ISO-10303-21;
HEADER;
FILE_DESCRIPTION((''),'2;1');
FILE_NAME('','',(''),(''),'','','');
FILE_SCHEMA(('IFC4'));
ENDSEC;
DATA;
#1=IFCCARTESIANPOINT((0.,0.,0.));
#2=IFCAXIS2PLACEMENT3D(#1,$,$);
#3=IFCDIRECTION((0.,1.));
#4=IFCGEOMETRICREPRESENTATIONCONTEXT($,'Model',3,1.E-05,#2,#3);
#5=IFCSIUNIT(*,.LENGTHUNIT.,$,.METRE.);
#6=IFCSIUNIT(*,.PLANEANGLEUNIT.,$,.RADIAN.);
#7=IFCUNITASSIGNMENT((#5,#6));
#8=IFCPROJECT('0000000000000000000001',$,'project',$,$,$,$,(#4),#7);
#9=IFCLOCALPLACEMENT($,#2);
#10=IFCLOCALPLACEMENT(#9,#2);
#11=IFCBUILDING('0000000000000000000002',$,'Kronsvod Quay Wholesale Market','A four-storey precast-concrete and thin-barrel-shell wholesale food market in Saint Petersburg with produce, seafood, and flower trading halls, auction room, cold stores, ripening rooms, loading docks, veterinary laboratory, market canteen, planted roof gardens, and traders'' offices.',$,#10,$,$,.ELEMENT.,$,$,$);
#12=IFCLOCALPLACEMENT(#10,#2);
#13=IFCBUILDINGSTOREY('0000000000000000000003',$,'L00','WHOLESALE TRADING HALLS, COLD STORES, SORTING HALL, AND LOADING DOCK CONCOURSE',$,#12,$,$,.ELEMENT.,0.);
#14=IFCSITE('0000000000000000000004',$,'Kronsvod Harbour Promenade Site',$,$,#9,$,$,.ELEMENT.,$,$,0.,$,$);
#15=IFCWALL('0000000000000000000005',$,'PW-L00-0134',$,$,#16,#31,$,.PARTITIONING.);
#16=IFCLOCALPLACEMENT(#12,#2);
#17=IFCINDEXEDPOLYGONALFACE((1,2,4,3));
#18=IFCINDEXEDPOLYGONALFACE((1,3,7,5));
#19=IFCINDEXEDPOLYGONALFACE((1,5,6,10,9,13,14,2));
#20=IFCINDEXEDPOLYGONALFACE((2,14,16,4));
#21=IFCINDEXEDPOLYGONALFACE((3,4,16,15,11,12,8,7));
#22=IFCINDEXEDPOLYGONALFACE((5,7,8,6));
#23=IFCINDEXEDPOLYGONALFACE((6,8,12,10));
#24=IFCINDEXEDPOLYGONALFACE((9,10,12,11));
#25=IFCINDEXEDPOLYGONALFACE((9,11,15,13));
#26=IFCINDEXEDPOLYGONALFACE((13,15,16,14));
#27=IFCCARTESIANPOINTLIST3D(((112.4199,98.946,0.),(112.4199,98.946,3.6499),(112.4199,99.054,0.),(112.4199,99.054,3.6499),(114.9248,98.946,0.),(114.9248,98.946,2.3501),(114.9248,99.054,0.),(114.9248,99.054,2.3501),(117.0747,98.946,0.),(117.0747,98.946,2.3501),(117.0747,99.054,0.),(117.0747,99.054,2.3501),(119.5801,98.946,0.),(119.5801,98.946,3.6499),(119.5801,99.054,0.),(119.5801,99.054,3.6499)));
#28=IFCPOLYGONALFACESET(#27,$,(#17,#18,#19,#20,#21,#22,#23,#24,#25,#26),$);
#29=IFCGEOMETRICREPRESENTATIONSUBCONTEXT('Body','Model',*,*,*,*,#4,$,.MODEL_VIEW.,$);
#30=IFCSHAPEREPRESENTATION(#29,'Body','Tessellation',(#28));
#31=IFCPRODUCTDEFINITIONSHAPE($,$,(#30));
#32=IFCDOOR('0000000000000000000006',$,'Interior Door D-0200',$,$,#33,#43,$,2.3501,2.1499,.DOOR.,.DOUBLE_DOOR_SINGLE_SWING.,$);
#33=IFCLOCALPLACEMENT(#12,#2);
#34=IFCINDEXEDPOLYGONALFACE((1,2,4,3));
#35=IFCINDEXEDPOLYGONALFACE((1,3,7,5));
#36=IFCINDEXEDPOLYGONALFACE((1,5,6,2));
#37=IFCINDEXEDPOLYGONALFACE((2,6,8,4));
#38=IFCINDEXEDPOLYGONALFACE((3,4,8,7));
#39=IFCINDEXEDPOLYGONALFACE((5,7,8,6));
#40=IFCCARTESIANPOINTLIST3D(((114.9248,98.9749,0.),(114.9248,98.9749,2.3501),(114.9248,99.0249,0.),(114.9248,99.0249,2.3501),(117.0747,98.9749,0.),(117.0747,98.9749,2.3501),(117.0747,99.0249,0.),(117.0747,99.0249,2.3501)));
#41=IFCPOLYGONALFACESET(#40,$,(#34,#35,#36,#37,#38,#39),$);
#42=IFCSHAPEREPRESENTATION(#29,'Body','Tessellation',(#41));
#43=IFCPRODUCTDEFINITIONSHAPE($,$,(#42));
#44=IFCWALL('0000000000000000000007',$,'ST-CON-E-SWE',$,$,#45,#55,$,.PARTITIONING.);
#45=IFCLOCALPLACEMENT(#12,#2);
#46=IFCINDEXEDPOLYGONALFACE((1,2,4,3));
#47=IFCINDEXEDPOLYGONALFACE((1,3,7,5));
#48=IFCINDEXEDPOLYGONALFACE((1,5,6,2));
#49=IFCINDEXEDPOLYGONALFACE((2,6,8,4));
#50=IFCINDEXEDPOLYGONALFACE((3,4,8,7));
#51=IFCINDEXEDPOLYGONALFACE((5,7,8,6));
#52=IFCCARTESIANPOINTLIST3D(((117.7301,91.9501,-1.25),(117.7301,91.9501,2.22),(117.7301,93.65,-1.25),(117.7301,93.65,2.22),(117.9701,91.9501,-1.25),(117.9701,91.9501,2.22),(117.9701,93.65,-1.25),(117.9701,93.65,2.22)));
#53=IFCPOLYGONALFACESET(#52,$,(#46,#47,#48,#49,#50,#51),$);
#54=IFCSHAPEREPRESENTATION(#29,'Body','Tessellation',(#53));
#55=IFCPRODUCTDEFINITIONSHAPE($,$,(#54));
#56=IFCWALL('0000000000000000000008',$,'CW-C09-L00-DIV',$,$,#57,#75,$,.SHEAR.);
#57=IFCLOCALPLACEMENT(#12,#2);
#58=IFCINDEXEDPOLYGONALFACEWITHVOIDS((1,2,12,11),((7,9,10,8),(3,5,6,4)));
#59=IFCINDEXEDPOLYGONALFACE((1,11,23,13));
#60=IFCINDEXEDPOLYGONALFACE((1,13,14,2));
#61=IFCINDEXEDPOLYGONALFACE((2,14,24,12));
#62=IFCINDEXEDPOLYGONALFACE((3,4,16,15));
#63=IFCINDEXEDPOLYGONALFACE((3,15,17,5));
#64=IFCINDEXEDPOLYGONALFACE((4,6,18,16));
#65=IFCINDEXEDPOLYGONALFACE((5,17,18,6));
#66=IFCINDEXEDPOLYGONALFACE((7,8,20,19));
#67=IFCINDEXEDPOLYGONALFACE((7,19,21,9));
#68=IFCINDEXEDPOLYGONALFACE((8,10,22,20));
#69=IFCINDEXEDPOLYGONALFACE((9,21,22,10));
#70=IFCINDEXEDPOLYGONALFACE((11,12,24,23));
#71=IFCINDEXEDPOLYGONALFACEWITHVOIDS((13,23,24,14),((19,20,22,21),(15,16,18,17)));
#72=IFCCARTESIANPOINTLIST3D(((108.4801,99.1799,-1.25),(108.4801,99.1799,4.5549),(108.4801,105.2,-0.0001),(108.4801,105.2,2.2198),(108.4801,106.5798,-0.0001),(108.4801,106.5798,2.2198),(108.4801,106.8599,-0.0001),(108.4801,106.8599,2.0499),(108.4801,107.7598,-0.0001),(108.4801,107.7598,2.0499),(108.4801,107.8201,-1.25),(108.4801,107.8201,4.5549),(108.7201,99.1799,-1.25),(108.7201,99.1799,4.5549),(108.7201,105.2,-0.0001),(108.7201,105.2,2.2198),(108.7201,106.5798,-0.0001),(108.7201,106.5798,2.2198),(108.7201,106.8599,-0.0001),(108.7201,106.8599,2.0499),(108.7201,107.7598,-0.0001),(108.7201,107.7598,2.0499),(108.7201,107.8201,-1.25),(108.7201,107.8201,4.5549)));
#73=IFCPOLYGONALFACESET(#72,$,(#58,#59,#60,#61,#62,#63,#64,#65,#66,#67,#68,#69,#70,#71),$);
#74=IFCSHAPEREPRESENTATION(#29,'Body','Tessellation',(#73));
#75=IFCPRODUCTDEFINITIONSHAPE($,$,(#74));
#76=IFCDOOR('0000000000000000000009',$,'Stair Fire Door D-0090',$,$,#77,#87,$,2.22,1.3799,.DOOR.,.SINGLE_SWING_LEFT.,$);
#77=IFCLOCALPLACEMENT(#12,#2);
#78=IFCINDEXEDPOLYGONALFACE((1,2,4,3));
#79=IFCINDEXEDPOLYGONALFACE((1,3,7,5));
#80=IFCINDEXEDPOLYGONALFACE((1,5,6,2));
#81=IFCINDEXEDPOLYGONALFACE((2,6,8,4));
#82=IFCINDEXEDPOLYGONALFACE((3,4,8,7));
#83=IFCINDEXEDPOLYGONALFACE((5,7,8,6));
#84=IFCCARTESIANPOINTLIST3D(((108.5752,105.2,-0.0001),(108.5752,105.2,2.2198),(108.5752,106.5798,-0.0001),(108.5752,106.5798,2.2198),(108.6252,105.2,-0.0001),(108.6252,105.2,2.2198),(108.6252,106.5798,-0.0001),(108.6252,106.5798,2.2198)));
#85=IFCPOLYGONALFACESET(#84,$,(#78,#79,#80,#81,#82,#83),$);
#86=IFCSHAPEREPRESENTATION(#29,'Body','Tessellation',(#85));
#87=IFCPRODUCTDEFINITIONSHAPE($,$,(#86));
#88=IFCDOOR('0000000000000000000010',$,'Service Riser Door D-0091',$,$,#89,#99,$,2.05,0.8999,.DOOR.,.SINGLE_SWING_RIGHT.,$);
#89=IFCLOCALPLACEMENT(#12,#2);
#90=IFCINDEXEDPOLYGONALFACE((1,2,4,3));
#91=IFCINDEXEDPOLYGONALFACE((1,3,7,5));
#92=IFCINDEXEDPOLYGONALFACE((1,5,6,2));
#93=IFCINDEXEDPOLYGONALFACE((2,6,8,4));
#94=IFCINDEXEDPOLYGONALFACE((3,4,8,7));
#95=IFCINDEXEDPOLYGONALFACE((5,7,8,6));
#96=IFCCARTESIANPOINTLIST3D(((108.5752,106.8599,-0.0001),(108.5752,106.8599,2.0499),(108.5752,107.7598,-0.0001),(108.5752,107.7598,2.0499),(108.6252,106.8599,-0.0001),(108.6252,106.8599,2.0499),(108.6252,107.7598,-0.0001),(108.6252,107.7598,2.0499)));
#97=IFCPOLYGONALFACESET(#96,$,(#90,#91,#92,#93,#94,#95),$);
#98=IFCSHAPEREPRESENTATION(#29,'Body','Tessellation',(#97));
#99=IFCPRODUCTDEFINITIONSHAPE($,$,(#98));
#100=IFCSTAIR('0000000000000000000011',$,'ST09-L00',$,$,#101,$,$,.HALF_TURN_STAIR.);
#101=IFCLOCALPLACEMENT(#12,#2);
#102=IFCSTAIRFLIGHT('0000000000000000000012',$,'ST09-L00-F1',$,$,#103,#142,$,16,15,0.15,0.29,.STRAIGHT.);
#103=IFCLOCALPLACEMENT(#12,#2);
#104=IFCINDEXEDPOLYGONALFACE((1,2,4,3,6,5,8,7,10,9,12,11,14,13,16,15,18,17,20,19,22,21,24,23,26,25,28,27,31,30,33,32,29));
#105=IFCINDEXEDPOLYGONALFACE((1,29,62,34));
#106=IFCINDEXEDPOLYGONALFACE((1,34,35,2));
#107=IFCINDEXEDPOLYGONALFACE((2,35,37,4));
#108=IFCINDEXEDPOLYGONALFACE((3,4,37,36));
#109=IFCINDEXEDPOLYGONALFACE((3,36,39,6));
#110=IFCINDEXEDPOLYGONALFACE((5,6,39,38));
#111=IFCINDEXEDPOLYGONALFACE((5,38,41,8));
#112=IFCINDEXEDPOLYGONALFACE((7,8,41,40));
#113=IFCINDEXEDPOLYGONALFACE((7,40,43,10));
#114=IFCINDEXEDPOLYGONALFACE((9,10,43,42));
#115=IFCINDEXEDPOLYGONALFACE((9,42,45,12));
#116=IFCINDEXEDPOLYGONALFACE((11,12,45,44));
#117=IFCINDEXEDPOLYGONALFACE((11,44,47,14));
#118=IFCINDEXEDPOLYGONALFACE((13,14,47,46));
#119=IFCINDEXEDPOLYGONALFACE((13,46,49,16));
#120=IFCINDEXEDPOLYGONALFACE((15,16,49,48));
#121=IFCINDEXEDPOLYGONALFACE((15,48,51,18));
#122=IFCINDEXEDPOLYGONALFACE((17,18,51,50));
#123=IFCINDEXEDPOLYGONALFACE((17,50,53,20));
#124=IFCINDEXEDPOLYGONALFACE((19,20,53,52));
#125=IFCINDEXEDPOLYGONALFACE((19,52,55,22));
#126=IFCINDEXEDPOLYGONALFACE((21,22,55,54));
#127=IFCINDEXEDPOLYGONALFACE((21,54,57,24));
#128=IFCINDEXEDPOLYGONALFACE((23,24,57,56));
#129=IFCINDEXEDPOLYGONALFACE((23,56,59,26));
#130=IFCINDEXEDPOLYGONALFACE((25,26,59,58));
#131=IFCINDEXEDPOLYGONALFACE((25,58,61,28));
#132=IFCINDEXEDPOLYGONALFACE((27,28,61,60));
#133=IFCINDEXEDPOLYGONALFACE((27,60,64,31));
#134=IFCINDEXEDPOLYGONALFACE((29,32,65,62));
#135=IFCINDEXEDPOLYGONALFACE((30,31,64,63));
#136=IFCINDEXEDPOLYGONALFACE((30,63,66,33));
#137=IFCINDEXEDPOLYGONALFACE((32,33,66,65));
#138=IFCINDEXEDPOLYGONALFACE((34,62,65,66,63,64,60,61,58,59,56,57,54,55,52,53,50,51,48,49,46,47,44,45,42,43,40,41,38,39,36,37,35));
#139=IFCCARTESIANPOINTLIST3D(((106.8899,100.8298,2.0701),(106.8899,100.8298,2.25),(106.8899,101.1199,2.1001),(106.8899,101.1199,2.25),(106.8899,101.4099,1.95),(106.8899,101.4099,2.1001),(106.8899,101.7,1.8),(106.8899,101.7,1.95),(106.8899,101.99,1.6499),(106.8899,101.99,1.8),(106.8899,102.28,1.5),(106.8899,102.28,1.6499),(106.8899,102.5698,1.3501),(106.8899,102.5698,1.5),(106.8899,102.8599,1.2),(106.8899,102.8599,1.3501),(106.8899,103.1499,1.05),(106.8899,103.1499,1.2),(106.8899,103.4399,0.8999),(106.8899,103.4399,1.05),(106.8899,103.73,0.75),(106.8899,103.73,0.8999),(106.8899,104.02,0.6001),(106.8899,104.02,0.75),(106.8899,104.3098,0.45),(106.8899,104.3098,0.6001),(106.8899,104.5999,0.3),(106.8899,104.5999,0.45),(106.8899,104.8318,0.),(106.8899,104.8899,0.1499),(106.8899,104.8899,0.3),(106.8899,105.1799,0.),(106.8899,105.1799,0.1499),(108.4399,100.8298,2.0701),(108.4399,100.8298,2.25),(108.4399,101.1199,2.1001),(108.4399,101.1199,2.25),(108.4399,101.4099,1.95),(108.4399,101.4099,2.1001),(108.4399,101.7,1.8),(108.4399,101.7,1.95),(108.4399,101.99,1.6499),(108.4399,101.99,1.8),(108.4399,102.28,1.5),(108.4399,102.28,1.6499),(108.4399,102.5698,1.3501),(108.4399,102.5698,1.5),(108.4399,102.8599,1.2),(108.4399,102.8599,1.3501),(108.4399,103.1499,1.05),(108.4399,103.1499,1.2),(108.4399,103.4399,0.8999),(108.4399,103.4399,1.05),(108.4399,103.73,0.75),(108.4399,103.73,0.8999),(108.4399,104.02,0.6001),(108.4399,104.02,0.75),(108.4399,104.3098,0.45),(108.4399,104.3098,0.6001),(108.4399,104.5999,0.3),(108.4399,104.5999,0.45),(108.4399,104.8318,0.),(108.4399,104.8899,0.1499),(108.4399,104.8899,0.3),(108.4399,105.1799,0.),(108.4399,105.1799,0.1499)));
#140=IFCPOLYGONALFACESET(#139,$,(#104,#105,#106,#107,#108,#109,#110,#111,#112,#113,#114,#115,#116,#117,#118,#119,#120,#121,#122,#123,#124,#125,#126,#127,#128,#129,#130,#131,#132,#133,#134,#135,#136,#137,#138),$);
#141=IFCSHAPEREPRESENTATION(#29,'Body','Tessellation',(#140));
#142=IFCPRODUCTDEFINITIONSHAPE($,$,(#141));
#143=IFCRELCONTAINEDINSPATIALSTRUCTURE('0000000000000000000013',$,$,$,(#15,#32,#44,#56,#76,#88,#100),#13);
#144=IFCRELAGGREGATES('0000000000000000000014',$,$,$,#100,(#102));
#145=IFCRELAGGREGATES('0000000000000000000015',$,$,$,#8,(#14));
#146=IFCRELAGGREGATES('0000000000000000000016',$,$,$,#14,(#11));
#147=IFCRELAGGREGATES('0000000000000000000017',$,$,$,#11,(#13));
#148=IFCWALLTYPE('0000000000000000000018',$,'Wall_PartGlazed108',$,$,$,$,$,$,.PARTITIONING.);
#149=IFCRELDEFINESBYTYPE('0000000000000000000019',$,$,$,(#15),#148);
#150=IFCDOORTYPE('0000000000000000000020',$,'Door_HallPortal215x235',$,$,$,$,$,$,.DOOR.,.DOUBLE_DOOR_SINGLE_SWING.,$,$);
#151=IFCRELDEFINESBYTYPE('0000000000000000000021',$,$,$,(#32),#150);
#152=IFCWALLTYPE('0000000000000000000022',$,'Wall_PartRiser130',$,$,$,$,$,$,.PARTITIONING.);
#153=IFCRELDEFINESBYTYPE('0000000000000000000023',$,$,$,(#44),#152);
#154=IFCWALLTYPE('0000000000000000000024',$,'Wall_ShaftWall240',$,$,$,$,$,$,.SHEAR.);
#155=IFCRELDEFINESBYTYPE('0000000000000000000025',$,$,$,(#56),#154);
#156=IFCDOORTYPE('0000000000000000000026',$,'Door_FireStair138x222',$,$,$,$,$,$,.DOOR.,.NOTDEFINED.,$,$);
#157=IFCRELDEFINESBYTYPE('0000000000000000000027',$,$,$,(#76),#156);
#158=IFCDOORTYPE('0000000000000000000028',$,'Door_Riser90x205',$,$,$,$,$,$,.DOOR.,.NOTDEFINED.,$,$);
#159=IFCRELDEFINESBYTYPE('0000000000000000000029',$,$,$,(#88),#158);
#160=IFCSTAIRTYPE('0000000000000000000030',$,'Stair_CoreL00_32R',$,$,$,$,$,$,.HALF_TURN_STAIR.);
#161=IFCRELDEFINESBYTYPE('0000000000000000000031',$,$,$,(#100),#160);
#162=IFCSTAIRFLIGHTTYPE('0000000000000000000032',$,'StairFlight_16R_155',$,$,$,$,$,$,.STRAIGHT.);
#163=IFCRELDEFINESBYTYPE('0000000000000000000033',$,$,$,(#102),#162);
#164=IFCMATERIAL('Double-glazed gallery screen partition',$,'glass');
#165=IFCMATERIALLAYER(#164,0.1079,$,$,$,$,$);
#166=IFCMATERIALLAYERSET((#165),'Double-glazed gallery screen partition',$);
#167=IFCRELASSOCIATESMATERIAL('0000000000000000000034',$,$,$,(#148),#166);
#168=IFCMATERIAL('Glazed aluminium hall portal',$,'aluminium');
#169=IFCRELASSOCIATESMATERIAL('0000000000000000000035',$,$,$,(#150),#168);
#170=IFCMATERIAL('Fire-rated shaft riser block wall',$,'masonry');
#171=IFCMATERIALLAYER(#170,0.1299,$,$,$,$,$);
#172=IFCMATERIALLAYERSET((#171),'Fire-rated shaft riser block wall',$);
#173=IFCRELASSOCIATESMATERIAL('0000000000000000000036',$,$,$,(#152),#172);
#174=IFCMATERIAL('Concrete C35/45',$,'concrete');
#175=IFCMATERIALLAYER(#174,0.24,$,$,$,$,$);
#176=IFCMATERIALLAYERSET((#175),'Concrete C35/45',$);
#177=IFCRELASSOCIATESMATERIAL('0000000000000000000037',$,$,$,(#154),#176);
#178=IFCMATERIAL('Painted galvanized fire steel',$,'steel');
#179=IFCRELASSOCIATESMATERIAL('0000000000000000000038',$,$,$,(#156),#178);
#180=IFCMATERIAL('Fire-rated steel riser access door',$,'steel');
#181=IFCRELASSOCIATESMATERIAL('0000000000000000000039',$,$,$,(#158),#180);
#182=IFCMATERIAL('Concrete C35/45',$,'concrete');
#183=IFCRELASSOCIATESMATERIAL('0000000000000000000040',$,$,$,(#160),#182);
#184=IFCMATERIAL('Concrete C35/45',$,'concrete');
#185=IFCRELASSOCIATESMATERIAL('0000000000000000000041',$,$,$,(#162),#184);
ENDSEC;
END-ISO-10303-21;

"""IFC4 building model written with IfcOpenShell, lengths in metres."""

from ifc_helpers import new_model, si_unit, direction, frame, frame_2d, origin, place, context, subcontext, project, spatial, polyline, rectangle, outline, extrude, material, layer, layer_set, type_object, element, fill, aggregate, save


model = new_model("IFC4")

# Units and contexts
model_context = context("Model", 3, precision=1e-05, world=origin(), true_north=direction((0.0, 1.0)))
body_context = subcontext(model_context, "Body", "Model", "MODEL_VIEW")
ifc_project = project(units=[si_unit("LENGTHUNIT", "METRE"), si_unit("PLANEANGLEUNIT", "RADIAN")], contexts=[model_context])

# Site, building, storey
site_placement = place(None, origin())
site = spatial("IfcSite", under=ifc_project, at=site_placement, Name="Kronsvod Harbour Promenade Site", CompositionType="ELEMENT", RefElevation=0.0)
building_placement = place(site_placement, origin())
building = spatial("IfcBuilding", under=site, at=building_placement, Name="Kronsvod Quay Wholesale Market", Description="A four-storey precast-concrete and thin-barrel-shell wholesale food market in Saint Petersburg with produce, seafood, and flower trading halls, auction room, cold stores, ripening rooms, loading docks, veterinary laboratory, market canteen, planted roof gardens, and traders' offices.", CompositionType="ELEMENT")
storey_placement = place(building_placement, origin())
storey = spatial("IfcBuildingStorey", under=building, at=storey_placement, Name="L00", Description="WHOLESALE TRADING HALLS, COLD STORES, SORTING HALL, AND LOADING DOCK CONCOURSE", CompositionType="ELEMENT", Elevation=0.0)

# Wall, opening, door
ifc_material_1 = material(Name="Double-glazed gallery screen partition", Category="glass")
ifc_layer_1 = layer(ifc_material_1, 0.1079)
ifc_layer_set_1 = layer_set([ifc_layer_1], Name="Double-glazed gallery screen partition")
wall_type_1 = type_object("IfcWallType", Name="Wall_PartGlazed108", PredefinedType="PARTITIONING", material=ifc_layer_set_1)
wall_1_placement = place(storey_placement, frame((112.4199, 99.0, 0.0), z_axis=(0.0, 0.0, 1.0), x_axis=(1.0, 0.0, 0.0)))
wall_1 = element("IfcWall", 1, at=wall_1_placement, inside=storey, type_object=wall_type_1, Name="PW-L00-0134", PredefinedType="PARTITIONING", context=body_context, shape_type="SweptSolid", body=[
    extrude(rectangle(XDim=7.1602, YDim=0.1079, at=frame_2d((3.5801, 0.0))), origin(), (0.0, 0.0, 1.0), 3.6499),
])
opening_1_placement = place(wall_1_placement, frame((2.5049, 0.0, 0.0)))
opening_1 = element("IfcOpeningElement", 2, at=opening_1_placement, cuts=wall_1, PredefinedType="OPENING", context=body_context, shape_type="SweptSolid", body=[
    extrude(rectangle(XDim=2.1499, YDim=2.3501, at=frame_2d((1.075, 1.175))), frame((0.0, 0.064, 0.0), z_axis=(0.0, -1.0, 0.0), x_axis=(1.0, 0.0, 0.0)), (0.0, 0.0, 1.0), 0.1279),
])
ifc_material_2 = material(Name="Glazed aluminium hall portal", Category="aluminium")
door_type_1 = type_object("IfcDoorType", Name="Door_HallPortal215x235", OperationType="DOUBLE_DOOR_SINGLE_SWING", PredefinedType="DOOR", material=ifc_material_2)
door_1_placement = place(opening_1_placement, origin())
door_1 = element("IfcDoor", 3, at=door_1_placement, inside=storey, type_object=door_type_1, Name="Interior Door D-0200", OperationType="DOUBLE_DOOR_SINGLE_SWING", OverallHeight=2.3501, OverallWidth=2.1499, PredefinedType="DOOR", context=body_context, shape_type="SweptSolid", body=[
    extrude(rectangle(XDim=2.1499, YDim=2.3501, at=frame_2d((1.075, 1.175))), frame((0.0, 0.0249, 0.0), z_axis=(0.0, -1.0, 0.0), x_axis=(1.0, 0.0, 0.0)), (0.0, 0.0, 1.0), 0.05),
])
fill(opening_1, door_1)

# Wall
ifc_material_3 = material(Name="Fire-rated shaft riser block wall", Category="masonry")
ifc_layer_2 = layer(ifc_material_3, 0.1299)
ifc_layer_set_2 = layer_set([ifc_layer_2], Name="Fire-rated shaft riser block wall")
wall_type_2 = type_object("IfcWallType", Name="Wall_PartRiser130", PredefinedType="PARTITIONING", material=ifc_layer_set_2)
wall_2_placement = place(storey_placement, frame((117.8501, 91.95, -1.25), z_axis=(0.0, 0.0, 1.0), x_axis=(0.0, 1.0, 0.0)))
element("IfcWall", 4, at=wall_2_placement, inside=storey, type_object=wall_type_2, Name="ST-CON-E-SWE", PredefinedType="PARTITIONING", context=body_context, shape_type="SweptSolid", body=[
    extrude(rectangle(XDim=1.7, YDim=0.24, at=frame_2d((0.8501, 0.0))), origin(), (0.0, 0.0, 1.0), 3.47),
])

# Wall, openings, doors
ifc_material_4 = material(Name="Concrete C35/45", Category="concrete")
ifc_layer_3 = layer(ifc_material_4, 0.24)
ifc_layer_set_3 = layer_set([ifc_layer_3], Name="Concrete C35/45")
wall_type_3 = type_object("IfcWallType", Name="Wall_ShaftWall240", PredefinedType="SHEAR", material=ifc_layer_set_3)
wall_3_placement = place(storey_placement, frame((108.6001, 99.1799, -1.25), z_axis=(0.0, 0.0, 1.0), x_axis=(0.0, 1.0, 0.0)))
wall_3 = element("IfcWall", 5, at=wall_3_placement, inside=storey, type_object=wall_type_3, Name="CW-C09-L00-DIV", PredefinedType="SHEAR", context=body_context, shape_type="SweptSolid", body=[
    extrude(rectangle(XDim=8.6401, YDim=0.24, at=frame_2d((4.3201, 0.0))), origin(), (0.0, 0.0, 1.0), 5.8049),
])
opening_2_placement = place(wall_3_placement, frame((6.02, 0.0, 1.25)))
opening_2 = element("IfcOpeningElement", 6, at=opening_2_placement, cuts=wall_3, PredefinedType="OPENING", context=body_context, shape_type="SweptSolid", body=[
    extrude(rectangle(XDim=1.3799, YDim=2.22, at=frame_2d((0.6899, 1.1099))), frame((0.0, 0.1299, 0.0), z_axis=(0.0, -1.0, 0.0), x_axis=(1.0, 0.0, 0.0)), (0.0, 0.0, 1.0), 0.26),
])
opening_3_placement = place(wall_3_placement, frame((7.6799, 0.0, 1.25)))
opening_3 = element("IfcOpeningElement", 7, at=opening_3_placement, cuts=wall_3, PredefinedType="OPENING", context=body_context, shape_type="SweptSolid", body=[
    extrude(rectangle(XDim=0.8999, YDim=2.05, at=frame_2d((0.45, 1.0249))), frame((0.0, 0.1299, 0.0), z_axis=(0.0, -1.0, 0.0), x_axis=(1.0, 0.0, 0.0)), (0.0, 0.0, 1.0), 0.26),
])
ifc_material_5 = material(Name="Painted galvanized fire steel", Category="steel")
door_type_2 = type_object("IfcDoorType", Name="Door_FireStair138x222", OperationType="NOTDEFINED", PredefinedType="DOOR", material=ifc_material_5)
door_2_placement = place(opening_2_placement, origin())
door_2 = element("IfcDoor", 8, at=door_2_placement, inside=storey, type_object=door_type_2, Name="Stair Fire Door D-0090", OperationType="SINGLE_SWING_LEFT", OverallHeight=2.22, OverallWidth=1.3799, PredefinedType="DOOR", context=body_context, shape_type="SweptSolid", body=[
    extrude(rectangle(XDim=1.3799, YDim=2.22, at=frame_2d((0.6899, 1.1099))), frame((0.0, 0.0249, 0.0), z_axis=(0.0, -1.0, 0.0), x_axis=(1.0, 0.0, 0.0)), (0.0, 0.0, 1.0), 0.05),
])
fill(opening_2, door_2)
ifc_material_6 = material(Name="Fire-rated steel riser access door", Category="steel")
door_type_3 = type_object("IfcDoorType", Name="Door_Riser90x205", OperationType="NOTDEFINED", PredefinedType="DOOR", material=ifc_material_6)
door_3_placement = place(opening_3_placement, origin())
door_3 = element("IfcDoor", 9, at=door_3_placement, inside=storey, type_object=door_type_3, Name="Service Riser Door D-0091", OperationType="SINGLE_SWING_RIGHT", OverallHeight=2.05, OverallWidth=0.8999, PredefinedType="DOOR", context=body_context, shape_type="SweptSolid", body=[
    extrude(rectangle(XDim=0.8999, YDim=2.05, at=frame_2d((0.45, 1.0249))), frame((0.0, 0.0249, 0.0), z_axis=(0.0, -1.0, 0.0), x_axis=(1.0, 0.0, 0.0)), (0.0, 0.0, 1.0), 0.05),
])
fill(opening_3, door_3)

# Stair, stair flight
ifc_material_7 = material(Name="Concrete C35/45", Category="concrete")
stair_type_1 = type_object("IfcStairType", Name="Stair_CoreL00_32R", PredefinedType="HALF_TURN_STAIR", material=ifc_material_7)
stair_1_placement = place(storey_placement, origin())
stair_1 = element("IfcStair", 10, at=stair_1_placement, inside=storey, type_object=stair_type_1, Name="ST09-L00", PredefinedType="HALF_TURN_STAIR")
ifc_material_8 = material(Name="Concrete C35/45", Category="concrete")
stair_flight_type_1 = type_object("IfcStairFlightType", Name="StairFlight_16R_155", PredefinedType="STRAIGHT", material=ifc_material_8)
stair_flight_1_placement = place(storey_placement, frame((107.665, 105.1799, 0.0), z_axis=(0.0, 0.0, 1.0), x_axis=(0.0, -1.0, 0.0)))
stair_flight_1 = element("IfcStairFlight", 11, at=stair_flight_1_placement, type_object=stair_flight_type_1, Name="ST09-L00-F1", NumberOfRisers=16, NumberOfTreads=15, PredefinedType="STRAIGHT", RiserHeight=0.15, TreadLength=0.29, context=body_context, shape_type="SweptSolid", body=[
    extrude(outline(polyline([(0.0, 0.0), (0.0, 0.1499), (0.29, 0.1499), (0.29, 0.3), (0.5801, 0.3), (0.5801, 0.45), (0.8701, 0.45), (0.8701, 0.6001), (1.1599, 0.6001), (1.1599, 0.75), (1.45, 0.75), (1.45, 0.8999), (1.74, 0.8999), (1.74, 1.05), (2.03, 1.05), (2.03, 1.2), (2.3201, 1.2), (2.3201, 1.3501), (2.6101, 1.3501), (2.6101, 1.5), (2.8999, 1.5), (2.8999, 1.6499), (3.1899, 1.6499), (3.1899, 1.8), (3.48, 1.8), (3.48, 1.95), (3.77, 1.95), (3.77, 2.1001), (4.0601, 2.1001), (4.0601, 2.25), (4.3501, 2.25), (4.3501, 2.3999), (4.3501, 2.0701), (0.3481, 0.0), (0.0, 0.0)])), frame((0.0, 0.7749, 0.0), z_axis=(0.0, -1.0, 0.0), x_axis=(1.0, 0.0, 0.0)), (0.0, 0.0, 1.0), 1.55),
])
aggregate(stair_1, [stair_flight_1])

save(model, "model.ifc")
